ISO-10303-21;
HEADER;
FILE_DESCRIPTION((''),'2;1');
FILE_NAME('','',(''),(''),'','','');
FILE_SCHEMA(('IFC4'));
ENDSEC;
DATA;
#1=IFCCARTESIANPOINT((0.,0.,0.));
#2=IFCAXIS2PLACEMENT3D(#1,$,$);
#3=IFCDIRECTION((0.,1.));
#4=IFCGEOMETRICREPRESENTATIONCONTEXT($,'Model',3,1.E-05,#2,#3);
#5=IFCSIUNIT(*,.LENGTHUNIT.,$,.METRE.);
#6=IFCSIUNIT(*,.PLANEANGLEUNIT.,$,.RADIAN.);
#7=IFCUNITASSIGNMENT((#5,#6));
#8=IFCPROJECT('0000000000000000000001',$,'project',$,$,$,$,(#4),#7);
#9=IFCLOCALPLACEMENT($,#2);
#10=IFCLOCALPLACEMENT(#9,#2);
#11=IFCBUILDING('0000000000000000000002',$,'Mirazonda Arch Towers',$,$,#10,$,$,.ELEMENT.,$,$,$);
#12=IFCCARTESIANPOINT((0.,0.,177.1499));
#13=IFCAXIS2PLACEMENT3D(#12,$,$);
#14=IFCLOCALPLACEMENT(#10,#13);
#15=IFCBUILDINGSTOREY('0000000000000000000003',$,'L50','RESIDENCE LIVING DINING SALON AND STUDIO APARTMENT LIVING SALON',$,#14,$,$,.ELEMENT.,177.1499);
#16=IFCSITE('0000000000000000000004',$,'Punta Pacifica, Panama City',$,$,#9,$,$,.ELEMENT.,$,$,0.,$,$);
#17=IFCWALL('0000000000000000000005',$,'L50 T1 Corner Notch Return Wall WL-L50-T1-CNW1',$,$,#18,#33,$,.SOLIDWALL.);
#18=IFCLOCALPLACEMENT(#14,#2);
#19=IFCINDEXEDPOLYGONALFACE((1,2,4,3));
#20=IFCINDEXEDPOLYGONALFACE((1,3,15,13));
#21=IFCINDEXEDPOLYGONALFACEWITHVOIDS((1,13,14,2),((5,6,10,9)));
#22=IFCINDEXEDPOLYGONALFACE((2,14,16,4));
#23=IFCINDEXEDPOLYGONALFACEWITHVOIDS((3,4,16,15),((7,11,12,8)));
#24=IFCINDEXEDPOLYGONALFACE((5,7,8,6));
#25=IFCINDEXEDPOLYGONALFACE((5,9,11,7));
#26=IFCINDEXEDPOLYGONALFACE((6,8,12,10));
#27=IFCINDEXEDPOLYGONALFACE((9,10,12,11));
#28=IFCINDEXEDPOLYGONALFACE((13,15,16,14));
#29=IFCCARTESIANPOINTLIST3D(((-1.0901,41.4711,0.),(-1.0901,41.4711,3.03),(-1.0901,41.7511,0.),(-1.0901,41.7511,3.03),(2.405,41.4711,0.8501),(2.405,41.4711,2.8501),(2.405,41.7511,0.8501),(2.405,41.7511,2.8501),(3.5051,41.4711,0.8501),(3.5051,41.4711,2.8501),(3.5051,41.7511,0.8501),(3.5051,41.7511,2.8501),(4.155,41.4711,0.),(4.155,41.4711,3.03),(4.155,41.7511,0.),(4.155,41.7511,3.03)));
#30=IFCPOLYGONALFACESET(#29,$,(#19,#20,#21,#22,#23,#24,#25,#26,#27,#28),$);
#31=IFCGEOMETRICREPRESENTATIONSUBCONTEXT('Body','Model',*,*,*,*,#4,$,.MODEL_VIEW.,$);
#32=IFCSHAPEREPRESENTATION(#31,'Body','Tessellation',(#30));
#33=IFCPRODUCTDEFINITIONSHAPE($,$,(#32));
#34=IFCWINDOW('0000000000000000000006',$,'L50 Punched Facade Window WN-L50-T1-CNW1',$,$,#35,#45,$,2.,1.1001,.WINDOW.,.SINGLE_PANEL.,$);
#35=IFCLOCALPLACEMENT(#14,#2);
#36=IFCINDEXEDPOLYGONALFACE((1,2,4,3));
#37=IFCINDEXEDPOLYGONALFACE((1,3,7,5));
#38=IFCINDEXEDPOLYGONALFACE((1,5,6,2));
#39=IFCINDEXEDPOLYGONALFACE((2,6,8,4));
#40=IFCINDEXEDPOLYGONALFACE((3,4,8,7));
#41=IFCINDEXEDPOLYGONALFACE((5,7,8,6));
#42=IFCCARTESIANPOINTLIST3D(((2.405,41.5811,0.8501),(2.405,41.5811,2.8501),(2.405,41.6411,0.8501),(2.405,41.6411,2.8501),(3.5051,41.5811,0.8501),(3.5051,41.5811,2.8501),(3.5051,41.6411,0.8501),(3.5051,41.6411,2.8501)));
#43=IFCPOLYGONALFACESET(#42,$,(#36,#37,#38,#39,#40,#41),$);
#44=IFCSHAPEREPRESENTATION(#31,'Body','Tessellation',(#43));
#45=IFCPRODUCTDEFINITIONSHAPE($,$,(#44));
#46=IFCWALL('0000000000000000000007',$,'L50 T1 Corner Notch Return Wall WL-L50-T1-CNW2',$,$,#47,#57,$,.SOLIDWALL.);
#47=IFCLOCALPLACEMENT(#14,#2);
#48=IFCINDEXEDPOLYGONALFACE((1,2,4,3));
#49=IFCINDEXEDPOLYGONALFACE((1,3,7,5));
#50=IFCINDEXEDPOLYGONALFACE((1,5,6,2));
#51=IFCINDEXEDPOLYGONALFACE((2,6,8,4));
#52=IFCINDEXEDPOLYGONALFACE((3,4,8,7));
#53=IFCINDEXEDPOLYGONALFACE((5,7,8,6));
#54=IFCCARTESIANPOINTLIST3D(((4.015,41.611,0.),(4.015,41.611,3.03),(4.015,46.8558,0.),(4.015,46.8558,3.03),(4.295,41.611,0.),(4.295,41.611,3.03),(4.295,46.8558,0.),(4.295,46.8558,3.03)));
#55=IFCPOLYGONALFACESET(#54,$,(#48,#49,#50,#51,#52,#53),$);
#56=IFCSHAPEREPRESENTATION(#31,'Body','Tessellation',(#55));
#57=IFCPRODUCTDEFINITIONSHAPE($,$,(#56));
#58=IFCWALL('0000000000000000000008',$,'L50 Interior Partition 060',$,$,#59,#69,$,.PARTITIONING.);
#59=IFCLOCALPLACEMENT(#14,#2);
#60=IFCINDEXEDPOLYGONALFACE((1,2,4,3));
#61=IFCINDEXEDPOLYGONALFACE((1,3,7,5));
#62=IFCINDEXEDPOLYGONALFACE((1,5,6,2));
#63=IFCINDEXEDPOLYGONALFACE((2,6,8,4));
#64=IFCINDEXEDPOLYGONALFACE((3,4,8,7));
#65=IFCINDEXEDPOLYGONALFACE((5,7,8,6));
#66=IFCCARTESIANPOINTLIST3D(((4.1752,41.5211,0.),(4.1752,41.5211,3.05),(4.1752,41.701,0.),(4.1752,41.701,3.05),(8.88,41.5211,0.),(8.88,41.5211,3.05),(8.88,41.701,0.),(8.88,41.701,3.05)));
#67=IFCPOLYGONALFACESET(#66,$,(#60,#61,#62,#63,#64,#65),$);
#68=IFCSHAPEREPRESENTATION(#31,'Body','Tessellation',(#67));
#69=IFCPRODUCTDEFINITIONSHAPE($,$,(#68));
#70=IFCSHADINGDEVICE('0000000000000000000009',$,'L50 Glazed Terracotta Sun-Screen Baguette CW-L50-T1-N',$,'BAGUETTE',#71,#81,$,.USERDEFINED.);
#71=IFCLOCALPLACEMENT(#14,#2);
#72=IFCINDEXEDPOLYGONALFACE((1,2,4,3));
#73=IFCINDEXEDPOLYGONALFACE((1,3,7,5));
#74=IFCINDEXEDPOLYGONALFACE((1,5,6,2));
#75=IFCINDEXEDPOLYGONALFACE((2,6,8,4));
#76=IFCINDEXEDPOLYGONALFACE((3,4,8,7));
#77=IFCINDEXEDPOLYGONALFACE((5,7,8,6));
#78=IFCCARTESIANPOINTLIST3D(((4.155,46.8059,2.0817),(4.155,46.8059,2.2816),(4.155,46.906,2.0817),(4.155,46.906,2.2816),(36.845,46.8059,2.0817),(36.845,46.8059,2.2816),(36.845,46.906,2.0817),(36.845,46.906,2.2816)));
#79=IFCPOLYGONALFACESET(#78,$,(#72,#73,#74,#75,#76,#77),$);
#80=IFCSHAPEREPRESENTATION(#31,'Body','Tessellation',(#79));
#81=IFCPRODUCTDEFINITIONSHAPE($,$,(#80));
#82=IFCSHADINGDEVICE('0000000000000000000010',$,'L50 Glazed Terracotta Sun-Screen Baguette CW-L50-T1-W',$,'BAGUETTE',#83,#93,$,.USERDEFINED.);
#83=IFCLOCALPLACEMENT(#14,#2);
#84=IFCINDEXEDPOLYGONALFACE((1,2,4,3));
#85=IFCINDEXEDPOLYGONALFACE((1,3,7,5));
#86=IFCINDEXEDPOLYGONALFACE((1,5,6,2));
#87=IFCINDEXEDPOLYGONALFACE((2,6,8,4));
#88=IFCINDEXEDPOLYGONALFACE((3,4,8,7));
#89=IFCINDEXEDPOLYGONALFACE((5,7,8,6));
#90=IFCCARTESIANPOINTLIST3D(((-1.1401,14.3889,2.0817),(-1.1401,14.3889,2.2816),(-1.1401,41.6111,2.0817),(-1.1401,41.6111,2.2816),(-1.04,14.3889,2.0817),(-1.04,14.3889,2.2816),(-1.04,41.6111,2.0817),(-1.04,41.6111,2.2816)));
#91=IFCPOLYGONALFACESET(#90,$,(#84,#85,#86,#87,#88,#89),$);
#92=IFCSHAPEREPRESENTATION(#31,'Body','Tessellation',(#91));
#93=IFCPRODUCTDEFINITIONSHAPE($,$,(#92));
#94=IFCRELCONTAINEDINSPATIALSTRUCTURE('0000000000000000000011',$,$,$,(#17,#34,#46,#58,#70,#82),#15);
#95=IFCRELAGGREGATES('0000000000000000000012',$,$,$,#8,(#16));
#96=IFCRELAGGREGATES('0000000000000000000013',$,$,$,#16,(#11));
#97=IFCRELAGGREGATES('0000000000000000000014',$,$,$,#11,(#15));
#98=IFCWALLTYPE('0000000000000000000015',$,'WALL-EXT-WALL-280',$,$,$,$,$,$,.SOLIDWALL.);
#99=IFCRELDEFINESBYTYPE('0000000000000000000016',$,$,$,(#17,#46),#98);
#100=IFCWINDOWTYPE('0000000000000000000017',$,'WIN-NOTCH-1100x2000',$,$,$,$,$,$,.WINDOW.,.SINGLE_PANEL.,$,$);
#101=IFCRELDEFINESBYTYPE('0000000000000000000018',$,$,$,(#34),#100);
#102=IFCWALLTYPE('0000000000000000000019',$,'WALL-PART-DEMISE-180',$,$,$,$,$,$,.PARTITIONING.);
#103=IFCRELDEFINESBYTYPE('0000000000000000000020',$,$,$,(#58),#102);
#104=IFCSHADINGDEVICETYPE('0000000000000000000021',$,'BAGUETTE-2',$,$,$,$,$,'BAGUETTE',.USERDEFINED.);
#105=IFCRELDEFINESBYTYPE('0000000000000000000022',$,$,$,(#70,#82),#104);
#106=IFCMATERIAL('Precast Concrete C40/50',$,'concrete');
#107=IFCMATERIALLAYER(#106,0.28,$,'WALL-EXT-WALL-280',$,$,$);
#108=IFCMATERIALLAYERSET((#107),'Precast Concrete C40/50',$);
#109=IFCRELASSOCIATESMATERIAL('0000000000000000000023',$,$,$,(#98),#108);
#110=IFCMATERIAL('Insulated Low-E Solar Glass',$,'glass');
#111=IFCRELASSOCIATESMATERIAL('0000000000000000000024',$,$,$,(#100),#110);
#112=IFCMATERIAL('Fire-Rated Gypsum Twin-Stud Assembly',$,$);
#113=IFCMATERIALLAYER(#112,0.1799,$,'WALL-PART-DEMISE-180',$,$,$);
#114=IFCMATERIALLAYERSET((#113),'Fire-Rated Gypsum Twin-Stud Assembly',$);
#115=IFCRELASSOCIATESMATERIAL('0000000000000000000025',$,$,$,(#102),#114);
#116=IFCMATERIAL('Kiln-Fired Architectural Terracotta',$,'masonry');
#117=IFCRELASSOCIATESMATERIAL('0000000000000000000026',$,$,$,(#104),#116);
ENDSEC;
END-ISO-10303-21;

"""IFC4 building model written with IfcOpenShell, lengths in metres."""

from ifc_helpers import new_model, si_unit, direction, frame, frame_2d, origin, origin_2d, place, context, subcontext, project, spatial, rectangle, extrude, material, layer, layer_set, material_profile, profile_set, type_object, element, fill, save


model = new_model("IFC4")

# Units and contexts
model_context = context("Model", 3, precision=1e-05, world=origin(), true_north=direction((0.0, 1.0)))
body_context = subcontext(model_context, "Body", "Model", "MODEL_VIEW")
ifc_project = project(units=[si_unit("LENGTHUNIT", "METRE"), si_unit("PLANEANGLEUNIT", "RADIAN")], contexts=[model_context])

# Site, building, storey
site_placement = place(None, origin())
site = spatial("IfcSite", under=ifc_project, at=site_placement, Name="Punta Pacifica, Panama City", CompositionType="ELEMENT", RefElevation=0.0)
building_placement = place(site_placement, origin())
building = spatial("IfcBuilding", under=site, at=building_placement, Name="Mirazonda Arch Towers", CompositionType="ELEMENT")
storey_placement = place(building_placement, frame((0.0, 0.0, 177.1499)))
storey = spatial("IfcBuildingStorey", under=building, at=storey_placement, Name="L50", Description="RESIDENCE LIVING DINING SALON AND STUDIO APARTMENT LIVING SALON", CompositionType="ELEMENT", Elevation=177.1499)

# Shared definitions
ifc_material_1 = material(Name="Insulated Low-E Solar Glass", Category="glass")

# Wall, opening, window
ifc_material_2 = material(Name="Precast Concrete C40/50", Category="concrete")
ifc_layer_1 = layer(ifc_material_2, 0.28, Name="WALL-EXT-WALL-280")
ifc_layer_set_1 = layer_set([ifc_layer_1], Name="Precast Concrete C40/50")
wall_type_1 = type_object("IfcWallType", Name="WALL-EXT-WALL-280", PredefinedType="SOLIDWALL", material=ifc_layer_set_1)
wall_1_placement = place(storey_placement, frame((4.155, 41.6111, 0.0), z_axis=(0.0, 0.0, 1.0), x_axis=(-1.0, 0.0, 0.0)))
wall_1 = element("IfcWall", 1, at=wall_1_placement, inside=storey, type_object=wall_type_1, Name="L50 T1 Corner Notch Return Wall WL-L50-T1-CNW1", PredefinedType="SOLIDWALL", context=body_context, shape_type="SweptSolid", body=[
    extrude(rectangle(XDim=5.2451, YDim=0.28, at=frame_2d((2.6226, 0.0))), origin(), (0.0, 0.0, 1.0), 3.03),
])
opening_placement = place(wall_1_placement, frame((0.6499, 0.0, 0.8501)))
opening = element("IfcOpeningElement", 2, at=opening_placement, cuts=wall_1, PredefinedType="OPENING", context=body_context, shape_type="SweptSolid", body=[
    extrude(rectangle(XDim=1.1001, YDim=2.0, at=frame_2d((0.55, 1.0))), frame((0.0, 0.1499, 0.0), z_axis=(0.0, -1.0, 0.0), x_axis=(1.0, 0.0, 0.0)), (0.0, 0.0, 1.0), 0.3),
])
window_type = type_object("IfcWindowType", Name="WIN-NOTCH-1100x2000", PartitioningType="SINGLE_PANEL", PredefinedType="WINDOW", material=ifc_material_1)
window_placement = place(opening_placement, origin())
window = element("IfcWindow", 3, at=window_placement, inside=storey, type_object=window_type, Name="L50 Punched Facade Window WN-L50-T1-CNW1", OverallHeight=2.0, OverallWidth=1.1001, PartitioningType="SINGLE_PANEL", PredefinedType="WINDOW", context=body_context, shape_type="SweptSolid", body=[
    extrude(rectangle(XDim=1.1001, YDim=2.0, at=frame_2d((0.55, 1.0))), frame((0.0, 0.03, 0.0), z_axis=(0.0, -1.0, 0.0), x_axis=(1.0, 0.0, 0.0)), (0.0, 0.0, 1.0), 0.0601),
])
fill(opening, window)

# Walls
wall_2_placement = place(storey_placement, frame((4.155, 46.856, 0.0), z_axis=(0.0, 0.0, 1.0), x_axis=(0.0, -1.0, 0.0)))
element("IfcWall", 4, at=wall_2_placement, inside=storey, type_object=wall_type_1, Name="L50 T1 Corner Notch Return Wall WL-L50-T1-CNW2", PredefinedType="SOLIDWALL", context=body_context, shape_type="SweptSolid", body=[
    extrude(rectangle(XDim=5.2449, YDim=0.28, at=frame_2d((2.6226, 0.0))), origin(), (0.0, 0.0, 1.0), 3.03),
])
ifc_material_3 = material(Name="Fire-Rated Gypsum Twin-Stud Assembly")
ifc_layer_2 = layer(ifc_material_3, 0.1799, Name="WALL-PART-DEMISE-180")
ifc_layer_set_2 = layer_set([ifc_layer_2], Name="Fire-Rated Gypsum Twin-Stud Assembly")
wall_type_2 = type_object("IfcWallType", Name="WALL-PART-DEMISE-180", PredefinedType="PARTITIONING", material=ifc_layer_set_2)
wall_3_placement = place(storey_placement, frame((4.175, 41.6111, 0.0), z_axis=(0.0, 0.0, 1.0), x_axis=(1.0, 0.0, 0.0)))
element("IfcWall", 5, at=wall_3_placement, inside=storey, type_object=wall_type_2, Name="L50 Interior Partition 060", PredefinedType="PARTITIONING", context=body_context, shape_type="SweptSolid", body=[
    extrude(rectangle(XDim=4.7048, YDim=0.1799, at=frame_2d((2.3525, 0.0))), origin(), (0.0, 0.0, 1.0), 3.05),
])

# Shading devices
ifc_material_4 = material(Name="Kiln-Fired Architectural Terracotta", Category="masonry")
ifc_material_profile_1 = material_profile(ifc_material_4, rectangle(XDim=0.1001, YDim=0.2, at=origin_2d()), Name="TERRA-BAG-100x200")
ifc_profile_set_1 = profile_set([ifc_material_profile_1], Name="Kiln-Fired Architectural Terracotta")
shading_device_type = type_object("IfcShadingDeviceType", Name="BAGUETTE-2", ElementType="BAGUETTE", PredefinedType="USERDEFINED", material=ifc_profile_set_1)
shading_device_1_placement = place(storey_placement, frame((4.155, 46.856, 2.1816), z_axis=(1.0, 0.0, 0.0), x_axis=(0.0, 1.0, 0.0)))
element("IfcShadingDevice", 6, at=shading_device_1_placement, inside=storey, type_object=shading_device_type, Name="L50 Glazed Terracotta Sun-Screen Baguette CW-L50-T1-N", ObjectType="BAGUETTE", PredefinedType="USERDEFINED", context=body_context, shape_type="SweptSolid", body=[
    extrude(rectangle(XDim=0.1001, YDim=0.2, at=origin_2d()), origin(), (0.0, 0.0, 1.0), 32.6899),
])
shading_device_2_placement = place(storey_placement, frame((-1.0901, 41.6111, 2.1816), z_axis=(0.0, -1.0, 0.0), x_axis=(1.0, 0.0, 0.0)))
element("IfcShadingDevice", 7, at=shading_device_2_placement, inside=storey, type_object=shading_device_type, Name="L50 Glazed Terracotta Sun-Screen Baguette CW-L50-T1-W", ObjectType="BAGUETTE", PredefinedType="USERDEFINED", context=body_context, shape_type="SweptSolid", body=[
    extrude(rectangle(XDim=0.1001, YDim=0.2, at=origin_2d()), origin(), (0.0, 0.0, 1.0), 27.2222),
])

save(model, "model.ifc")
